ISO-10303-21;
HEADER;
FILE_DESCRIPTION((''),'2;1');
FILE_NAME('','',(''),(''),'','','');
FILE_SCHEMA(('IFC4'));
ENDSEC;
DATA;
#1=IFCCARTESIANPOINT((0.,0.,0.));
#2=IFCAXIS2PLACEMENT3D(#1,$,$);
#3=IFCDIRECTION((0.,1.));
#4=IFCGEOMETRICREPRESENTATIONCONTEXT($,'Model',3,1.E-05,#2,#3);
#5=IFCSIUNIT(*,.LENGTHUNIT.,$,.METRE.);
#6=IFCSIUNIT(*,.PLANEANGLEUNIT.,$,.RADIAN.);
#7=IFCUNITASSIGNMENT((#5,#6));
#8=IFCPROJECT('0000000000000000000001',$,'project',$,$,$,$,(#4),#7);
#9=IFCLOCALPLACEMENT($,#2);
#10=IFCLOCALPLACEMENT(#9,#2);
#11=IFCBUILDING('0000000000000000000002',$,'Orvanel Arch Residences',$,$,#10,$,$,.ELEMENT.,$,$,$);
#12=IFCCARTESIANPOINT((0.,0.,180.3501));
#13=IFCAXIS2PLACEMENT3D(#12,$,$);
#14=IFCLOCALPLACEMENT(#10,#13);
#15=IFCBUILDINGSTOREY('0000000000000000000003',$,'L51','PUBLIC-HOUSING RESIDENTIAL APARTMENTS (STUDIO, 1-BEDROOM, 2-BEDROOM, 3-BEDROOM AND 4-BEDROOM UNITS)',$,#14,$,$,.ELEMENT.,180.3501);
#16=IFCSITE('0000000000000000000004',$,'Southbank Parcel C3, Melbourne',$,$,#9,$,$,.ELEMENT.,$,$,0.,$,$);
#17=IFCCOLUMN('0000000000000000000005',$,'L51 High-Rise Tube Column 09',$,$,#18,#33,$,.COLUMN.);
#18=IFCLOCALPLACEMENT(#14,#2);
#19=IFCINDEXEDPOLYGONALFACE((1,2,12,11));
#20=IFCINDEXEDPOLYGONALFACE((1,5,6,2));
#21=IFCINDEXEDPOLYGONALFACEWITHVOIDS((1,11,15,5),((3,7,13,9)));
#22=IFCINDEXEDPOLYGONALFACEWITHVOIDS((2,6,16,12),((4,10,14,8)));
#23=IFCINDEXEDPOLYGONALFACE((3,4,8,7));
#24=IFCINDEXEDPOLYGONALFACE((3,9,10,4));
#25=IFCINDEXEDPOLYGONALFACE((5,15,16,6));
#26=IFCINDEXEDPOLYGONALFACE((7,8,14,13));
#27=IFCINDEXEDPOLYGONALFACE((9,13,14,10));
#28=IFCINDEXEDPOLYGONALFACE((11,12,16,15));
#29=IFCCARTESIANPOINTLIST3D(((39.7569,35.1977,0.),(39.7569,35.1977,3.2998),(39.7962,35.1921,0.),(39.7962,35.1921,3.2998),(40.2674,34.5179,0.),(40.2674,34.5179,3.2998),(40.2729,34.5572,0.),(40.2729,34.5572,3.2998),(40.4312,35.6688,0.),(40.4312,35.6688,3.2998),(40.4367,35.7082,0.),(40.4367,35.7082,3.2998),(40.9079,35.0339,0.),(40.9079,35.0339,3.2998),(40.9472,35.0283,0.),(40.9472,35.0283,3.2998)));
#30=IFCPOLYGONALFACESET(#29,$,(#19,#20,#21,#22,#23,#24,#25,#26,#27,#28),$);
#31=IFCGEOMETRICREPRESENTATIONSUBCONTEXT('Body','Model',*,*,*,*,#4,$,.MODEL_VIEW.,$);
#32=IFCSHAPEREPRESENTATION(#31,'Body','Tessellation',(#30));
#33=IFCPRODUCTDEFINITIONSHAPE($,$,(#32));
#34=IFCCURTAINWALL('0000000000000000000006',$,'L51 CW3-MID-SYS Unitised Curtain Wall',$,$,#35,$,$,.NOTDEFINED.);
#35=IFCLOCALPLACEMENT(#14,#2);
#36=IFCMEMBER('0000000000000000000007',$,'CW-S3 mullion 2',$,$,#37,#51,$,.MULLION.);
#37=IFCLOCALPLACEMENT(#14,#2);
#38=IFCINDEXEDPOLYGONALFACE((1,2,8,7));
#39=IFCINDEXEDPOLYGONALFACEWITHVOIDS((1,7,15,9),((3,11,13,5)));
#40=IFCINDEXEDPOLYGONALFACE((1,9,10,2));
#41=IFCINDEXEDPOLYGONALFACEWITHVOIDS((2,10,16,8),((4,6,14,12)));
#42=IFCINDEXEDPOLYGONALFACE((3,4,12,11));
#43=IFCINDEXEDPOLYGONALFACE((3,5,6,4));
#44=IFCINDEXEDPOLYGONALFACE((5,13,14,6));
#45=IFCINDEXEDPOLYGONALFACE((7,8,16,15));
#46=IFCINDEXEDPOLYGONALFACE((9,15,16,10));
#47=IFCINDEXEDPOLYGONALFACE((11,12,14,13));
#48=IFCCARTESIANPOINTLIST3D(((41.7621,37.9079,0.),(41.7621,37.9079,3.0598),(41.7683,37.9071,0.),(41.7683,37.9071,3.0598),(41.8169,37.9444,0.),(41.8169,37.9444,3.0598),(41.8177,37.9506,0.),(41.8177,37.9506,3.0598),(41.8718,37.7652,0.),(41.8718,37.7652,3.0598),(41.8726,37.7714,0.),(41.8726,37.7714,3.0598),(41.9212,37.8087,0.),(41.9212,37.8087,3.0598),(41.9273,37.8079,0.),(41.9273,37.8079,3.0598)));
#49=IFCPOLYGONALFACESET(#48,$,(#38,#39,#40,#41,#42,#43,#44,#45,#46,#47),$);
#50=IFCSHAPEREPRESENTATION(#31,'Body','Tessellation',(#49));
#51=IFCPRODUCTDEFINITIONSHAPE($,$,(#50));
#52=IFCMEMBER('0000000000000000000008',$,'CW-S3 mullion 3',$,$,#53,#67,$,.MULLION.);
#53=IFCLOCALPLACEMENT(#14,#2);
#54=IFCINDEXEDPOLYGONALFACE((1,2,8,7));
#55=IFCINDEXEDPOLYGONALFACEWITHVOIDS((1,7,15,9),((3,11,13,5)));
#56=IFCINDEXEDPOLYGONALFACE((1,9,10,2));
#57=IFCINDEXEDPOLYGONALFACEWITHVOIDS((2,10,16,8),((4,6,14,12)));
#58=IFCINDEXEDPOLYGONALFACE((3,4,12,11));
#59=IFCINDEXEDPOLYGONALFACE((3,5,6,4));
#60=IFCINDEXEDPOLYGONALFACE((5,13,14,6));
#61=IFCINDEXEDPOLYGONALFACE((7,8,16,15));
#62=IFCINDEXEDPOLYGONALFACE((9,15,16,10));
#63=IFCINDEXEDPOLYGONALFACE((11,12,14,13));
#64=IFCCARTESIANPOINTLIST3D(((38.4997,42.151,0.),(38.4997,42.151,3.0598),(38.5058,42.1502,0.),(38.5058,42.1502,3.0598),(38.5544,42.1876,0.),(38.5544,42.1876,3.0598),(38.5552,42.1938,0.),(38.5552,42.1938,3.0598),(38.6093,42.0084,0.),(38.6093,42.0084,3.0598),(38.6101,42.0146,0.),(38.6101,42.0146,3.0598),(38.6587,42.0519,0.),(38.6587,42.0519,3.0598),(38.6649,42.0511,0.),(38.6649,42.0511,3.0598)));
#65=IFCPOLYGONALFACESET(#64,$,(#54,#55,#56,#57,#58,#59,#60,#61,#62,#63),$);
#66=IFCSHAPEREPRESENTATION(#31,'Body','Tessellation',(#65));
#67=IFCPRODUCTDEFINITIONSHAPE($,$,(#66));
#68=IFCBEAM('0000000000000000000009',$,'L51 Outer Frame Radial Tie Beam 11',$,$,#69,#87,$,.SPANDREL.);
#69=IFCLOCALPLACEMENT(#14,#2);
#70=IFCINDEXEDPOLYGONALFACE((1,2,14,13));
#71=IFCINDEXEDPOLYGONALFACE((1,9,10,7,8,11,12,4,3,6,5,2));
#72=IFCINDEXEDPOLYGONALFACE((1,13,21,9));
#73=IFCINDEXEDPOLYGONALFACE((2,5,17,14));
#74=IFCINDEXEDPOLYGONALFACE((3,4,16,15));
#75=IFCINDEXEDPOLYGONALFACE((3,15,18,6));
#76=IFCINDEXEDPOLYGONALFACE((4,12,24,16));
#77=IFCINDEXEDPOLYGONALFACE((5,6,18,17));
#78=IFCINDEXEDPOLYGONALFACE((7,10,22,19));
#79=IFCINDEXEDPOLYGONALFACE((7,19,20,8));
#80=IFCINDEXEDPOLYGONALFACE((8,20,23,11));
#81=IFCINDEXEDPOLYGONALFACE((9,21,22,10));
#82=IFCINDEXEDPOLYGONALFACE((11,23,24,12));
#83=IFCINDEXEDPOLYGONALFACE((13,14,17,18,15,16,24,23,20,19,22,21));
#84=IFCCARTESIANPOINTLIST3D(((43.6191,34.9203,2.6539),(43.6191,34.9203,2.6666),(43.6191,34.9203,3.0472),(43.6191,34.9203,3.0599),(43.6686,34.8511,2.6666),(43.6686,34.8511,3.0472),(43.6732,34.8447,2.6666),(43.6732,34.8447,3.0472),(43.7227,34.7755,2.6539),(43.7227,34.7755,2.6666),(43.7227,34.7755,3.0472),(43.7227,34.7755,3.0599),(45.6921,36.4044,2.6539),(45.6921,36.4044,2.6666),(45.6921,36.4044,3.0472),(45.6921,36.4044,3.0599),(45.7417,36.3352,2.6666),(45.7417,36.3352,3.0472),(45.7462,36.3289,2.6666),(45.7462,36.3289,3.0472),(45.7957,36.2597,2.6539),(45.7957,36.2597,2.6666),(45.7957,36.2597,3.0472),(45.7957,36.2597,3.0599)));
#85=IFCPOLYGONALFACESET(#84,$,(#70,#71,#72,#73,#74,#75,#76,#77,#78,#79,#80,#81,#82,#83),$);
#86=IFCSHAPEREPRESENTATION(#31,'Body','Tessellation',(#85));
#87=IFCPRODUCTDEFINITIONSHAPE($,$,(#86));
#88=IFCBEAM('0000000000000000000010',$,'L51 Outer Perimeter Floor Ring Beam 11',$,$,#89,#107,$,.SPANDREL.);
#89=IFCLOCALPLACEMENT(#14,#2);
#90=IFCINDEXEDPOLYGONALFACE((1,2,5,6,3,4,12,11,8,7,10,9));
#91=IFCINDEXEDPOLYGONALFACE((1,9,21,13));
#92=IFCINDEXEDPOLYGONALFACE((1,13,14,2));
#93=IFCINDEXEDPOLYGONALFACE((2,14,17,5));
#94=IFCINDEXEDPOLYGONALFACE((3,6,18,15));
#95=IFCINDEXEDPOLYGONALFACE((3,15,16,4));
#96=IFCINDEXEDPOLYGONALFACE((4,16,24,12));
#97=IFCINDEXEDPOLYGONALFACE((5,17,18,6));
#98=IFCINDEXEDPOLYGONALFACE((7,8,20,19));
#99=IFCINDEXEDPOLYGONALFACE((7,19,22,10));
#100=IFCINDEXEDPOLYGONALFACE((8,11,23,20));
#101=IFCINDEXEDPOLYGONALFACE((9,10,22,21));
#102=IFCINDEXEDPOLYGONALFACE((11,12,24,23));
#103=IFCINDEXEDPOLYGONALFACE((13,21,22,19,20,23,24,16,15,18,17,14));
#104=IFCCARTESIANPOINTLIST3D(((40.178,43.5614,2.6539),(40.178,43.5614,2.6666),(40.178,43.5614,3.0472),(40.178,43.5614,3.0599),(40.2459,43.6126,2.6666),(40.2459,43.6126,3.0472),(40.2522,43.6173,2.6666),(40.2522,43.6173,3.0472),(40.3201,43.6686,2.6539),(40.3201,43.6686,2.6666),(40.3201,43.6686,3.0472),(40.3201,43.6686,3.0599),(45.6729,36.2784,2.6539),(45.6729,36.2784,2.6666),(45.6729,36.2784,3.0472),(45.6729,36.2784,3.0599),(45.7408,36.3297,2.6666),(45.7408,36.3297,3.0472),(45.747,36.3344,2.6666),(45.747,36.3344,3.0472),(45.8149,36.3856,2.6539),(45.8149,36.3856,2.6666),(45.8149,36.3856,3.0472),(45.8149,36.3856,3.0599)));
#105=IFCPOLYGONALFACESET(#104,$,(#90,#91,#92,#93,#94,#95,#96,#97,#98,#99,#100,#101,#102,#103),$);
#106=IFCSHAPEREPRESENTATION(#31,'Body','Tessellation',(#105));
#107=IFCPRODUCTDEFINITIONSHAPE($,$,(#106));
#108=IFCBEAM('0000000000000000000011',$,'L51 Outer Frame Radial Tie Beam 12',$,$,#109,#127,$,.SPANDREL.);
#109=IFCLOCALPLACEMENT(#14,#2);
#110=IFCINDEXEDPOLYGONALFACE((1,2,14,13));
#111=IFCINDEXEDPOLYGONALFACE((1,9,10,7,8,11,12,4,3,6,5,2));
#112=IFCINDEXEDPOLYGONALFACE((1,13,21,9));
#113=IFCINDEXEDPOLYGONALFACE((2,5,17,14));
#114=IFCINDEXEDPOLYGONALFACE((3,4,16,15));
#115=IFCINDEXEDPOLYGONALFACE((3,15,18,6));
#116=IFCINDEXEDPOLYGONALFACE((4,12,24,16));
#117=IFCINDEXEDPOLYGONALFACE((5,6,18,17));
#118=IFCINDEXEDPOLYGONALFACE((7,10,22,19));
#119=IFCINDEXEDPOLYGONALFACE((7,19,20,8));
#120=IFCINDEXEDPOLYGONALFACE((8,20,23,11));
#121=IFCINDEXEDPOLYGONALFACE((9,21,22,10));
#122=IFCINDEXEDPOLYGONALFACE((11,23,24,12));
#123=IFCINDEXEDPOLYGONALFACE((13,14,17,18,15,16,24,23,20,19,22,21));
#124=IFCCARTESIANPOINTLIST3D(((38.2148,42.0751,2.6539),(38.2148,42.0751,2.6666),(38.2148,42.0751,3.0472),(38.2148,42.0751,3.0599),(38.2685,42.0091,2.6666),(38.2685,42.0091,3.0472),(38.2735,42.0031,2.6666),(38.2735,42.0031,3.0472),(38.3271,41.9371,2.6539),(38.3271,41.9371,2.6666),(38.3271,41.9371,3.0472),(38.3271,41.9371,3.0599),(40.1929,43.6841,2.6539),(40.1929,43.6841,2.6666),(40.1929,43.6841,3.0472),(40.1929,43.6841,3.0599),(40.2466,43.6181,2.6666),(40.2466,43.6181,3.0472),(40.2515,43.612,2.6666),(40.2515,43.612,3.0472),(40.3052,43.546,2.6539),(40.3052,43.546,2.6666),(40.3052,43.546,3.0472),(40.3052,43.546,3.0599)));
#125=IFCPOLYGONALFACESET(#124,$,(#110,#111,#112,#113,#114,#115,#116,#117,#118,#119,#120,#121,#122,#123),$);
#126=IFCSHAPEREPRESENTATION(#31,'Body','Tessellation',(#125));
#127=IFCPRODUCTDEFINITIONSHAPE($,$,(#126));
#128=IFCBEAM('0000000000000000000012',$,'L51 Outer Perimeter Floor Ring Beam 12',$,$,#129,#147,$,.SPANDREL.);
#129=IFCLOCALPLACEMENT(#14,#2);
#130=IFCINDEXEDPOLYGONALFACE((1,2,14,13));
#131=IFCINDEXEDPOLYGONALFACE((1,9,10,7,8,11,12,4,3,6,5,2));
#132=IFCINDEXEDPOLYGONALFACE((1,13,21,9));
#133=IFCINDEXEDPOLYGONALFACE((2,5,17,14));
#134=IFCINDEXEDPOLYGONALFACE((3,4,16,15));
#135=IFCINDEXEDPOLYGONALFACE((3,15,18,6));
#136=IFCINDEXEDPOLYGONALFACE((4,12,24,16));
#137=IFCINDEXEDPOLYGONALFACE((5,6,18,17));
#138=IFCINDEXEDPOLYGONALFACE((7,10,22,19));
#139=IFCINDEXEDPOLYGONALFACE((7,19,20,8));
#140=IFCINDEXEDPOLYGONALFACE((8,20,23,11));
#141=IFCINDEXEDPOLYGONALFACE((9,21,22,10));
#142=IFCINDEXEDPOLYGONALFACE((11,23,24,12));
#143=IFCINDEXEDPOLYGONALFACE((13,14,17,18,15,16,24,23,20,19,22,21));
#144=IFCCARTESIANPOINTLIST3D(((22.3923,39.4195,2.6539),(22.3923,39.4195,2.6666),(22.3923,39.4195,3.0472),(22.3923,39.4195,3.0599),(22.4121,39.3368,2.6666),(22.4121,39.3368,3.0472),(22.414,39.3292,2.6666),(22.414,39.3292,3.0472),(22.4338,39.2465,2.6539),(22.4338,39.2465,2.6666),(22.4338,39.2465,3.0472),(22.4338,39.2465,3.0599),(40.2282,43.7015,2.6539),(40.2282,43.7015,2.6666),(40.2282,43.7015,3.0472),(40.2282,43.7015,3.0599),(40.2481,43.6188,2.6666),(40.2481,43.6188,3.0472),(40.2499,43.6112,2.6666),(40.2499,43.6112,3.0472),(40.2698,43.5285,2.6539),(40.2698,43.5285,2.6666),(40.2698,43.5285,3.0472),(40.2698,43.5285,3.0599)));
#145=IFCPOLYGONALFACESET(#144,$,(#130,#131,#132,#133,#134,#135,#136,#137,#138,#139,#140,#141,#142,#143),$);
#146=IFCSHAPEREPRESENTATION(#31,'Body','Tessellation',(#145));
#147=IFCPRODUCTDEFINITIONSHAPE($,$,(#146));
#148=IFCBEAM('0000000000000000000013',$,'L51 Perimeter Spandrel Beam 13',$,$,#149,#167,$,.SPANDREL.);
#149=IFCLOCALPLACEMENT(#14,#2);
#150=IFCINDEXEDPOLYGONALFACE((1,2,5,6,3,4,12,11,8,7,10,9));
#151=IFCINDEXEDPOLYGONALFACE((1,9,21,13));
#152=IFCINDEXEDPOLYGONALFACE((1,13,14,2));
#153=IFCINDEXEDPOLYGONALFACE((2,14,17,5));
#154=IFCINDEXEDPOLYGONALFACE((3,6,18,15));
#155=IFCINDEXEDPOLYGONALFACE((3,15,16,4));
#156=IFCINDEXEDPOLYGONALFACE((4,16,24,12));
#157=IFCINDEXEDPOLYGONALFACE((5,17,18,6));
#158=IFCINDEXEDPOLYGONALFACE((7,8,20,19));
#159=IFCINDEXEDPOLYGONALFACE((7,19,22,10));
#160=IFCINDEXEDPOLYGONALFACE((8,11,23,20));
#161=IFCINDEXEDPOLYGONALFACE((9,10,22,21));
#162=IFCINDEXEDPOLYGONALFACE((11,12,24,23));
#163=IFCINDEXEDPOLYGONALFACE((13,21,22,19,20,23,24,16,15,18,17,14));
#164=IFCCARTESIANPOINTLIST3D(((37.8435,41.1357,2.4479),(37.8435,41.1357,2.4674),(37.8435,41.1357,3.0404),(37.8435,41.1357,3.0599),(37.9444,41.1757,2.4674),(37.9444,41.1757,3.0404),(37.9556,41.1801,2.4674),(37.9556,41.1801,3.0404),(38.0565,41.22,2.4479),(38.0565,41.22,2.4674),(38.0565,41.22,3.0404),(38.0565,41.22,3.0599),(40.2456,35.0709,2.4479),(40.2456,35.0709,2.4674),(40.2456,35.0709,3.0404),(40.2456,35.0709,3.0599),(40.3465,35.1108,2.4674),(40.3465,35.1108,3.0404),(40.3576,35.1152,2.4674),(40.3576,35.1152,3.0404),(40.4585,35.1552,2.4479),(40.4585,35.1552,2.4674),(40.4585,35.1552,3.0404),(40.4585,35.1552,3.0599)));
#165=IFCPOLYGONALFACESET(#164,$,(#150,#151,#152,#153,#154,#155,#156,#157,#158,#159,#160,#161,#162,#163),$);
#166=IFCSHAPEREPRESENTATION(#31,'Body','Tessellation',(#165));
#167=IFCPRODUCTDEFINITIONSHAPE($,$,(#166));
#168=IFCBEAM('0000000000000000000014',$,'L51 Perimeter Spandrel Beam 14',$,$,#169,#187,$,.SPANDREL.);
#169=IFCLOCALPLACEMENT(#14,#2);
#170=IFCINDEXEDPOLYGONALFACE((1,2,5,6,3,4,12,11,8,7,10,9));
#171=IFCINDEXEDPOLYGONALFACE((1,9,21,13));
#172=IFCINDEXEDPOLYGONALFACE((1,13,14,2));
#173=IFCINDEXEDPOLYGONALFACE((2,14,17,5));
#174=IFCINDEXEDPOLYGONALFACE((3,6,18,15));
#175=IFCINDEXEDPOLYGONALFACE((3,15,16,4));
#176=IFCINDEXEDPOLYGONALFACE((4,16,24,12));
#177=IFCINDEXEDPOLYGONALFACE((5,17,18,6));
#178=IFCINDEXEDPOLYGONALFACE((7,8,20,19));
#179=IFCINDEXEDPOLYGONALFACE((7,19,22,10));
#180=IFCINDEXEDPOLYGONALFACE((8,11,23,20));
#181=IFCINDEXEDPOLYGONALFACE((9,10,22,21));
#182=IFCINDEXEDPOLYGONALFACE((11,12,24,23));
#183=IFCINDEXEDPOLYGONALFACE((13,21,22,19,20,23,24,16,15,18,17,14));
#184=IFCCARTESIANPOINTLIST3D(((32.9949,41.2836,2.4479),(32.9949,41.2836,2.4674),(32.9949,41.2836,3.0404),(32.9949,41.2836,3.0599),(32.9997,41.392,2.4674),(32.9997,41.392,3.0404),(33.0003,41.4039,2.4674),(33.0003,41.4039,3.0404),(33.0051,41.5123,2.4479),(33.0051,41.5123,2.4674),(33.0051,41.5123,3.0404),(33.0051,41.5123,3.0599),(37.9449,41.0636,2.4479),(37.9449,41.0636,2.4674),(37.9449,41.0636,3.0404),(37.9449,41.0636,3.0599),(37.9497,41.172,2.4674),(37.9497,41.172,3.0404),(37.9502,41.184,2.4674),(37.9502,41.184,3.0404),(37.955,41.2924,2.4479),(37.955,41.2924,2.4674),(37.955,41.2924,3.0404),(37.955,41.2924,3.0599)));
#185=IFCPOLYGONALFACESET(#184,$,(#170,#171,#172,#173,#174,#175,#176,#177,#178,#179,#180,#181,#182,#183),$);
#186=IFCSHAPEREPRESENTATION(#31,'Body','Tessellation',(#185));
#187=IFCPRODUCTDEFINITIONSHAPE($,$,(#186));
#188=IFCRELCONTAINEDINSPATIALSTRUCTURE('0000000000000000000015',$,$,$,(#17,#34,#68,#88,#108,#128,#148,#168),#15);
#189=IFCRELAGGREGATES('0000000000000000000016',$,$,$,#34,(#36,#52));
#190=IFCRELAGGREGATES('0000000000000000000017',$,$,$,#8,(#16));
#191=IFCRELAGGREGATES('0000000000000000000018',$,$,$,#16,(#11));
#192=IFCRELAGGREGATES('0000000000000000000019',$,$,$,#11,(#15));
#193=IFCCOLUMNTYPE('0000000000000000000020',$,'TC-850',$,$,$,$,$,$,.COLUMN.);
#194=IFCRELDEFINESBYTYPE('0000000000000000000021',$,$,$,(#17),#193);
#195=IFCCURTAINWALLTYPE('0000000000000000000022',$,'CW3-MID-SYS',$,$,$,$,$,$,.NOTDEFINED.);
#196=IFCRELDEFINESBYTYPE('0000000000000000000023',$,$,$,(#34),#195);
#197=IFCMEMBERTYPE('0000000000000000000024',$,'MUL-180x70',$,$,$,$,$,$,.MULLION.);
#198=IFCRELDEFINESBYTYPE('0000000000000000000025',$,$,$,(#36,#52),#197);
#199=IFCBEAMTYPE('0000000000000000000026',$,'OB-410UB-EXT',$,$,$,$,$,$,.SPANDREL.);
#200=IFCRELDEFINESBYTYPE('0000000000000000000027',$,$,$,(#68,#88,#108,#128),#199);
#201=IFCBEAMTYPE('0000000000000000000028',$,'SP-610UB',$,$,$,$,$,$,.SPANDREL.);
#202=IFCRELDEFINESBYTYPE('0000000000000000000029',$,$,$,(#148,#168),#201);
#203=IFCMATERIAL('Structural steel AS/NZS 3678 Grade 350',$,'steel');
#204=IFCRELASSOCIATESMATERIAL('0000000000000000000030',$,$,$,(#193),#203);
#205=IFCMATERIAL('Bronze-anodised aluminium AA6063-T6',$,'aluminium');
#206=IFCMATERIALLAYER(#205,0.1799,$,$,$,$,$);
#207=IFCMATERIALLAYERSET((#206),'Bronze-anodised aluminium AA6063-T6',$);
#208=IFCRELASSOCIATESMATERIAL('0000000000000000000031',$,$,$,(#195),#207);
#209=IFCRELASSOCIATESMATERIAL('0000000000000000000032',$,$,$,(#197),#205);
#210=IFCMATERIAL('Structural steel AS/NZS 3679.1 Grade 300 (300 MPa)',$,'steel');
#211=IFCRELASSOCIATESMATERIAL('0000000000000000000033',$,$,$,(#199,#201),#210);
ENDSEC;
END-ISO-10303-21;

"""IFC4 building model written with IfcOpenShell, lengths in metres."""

from ifc_helpers import new_model, si_unit, direction, frame, origin, origin_2d, place, context, subcontext, project, spatial, hollow_rectangle, i_section, extrude, material, layer, layer_set, material_profile, profile_set, type_object, element, aggregate, save


model = new_model("IFC4")

# Units and contexts
model_context = context("Model", 3, precision=1e-05, world=origin(), true_north=direction((0.0, 1.0)))
body_context = subcontext(model_context, "Body", "Model", "MODEL_VIEW")
ifc_project = project(units=[si_unit("LENGTHUNIT", "METRE"), si_unit("PLANEANGLEUNIT", "RADIAN")], contexts=[model_context])

# Site, building, storey
site_placement = place(None, origin())
site = spatial("IfcSite", under=ifc_project, at=site_placement, Name="Southbank Parcel C3, Melbourne", CompositionType="ELEMENT", RefElevation=0.0)
building_placement = place(site_placement, origin())
building = spatial("IfcBuilding", under=site, at=building_placement, Name="Orvanel Arch Residences", CompositionType="ELEMENT")
storey_placement = place(building_placement, frame((0.0, 0.0, 180.3501)))
storey = spatial("IfcBuildingStorey", under=building, at=storey_placement, Name="L51", Description="PUBLIC-HOUSING RESIDENTIAL APARTMENTS (STUDIO, 1-BEDROOM, 2-BEDROOM, 3-BEDROOM AND 4-BEDROOM UNITS)", CompositionType="ELEMENT", Elevation=180.3501)

# Column
ifc_material_1 = material(Name="Structural steel AS/NZS 3678 Grade 350", Category="steel")
ifc_material_profile_1 = material_profile(ifc_material_1, hollow_rectangle(XDim=0.8501, YDim=0.8501, WallThickness=0.0281, at=origin_2d()), Name="BOX850x850x28")
ifc_profile_set_1 = profile_set([ifc_material_profile_1], Name="Structural steel AS/NZS 3678 Grade 350")
column_type = type_object("IfcColumnType", Name="TC-850", PredefinedType="COLUMN", material=ifc_profile_set_1)
column_placement = place(storey_placement, frame((40.3521, 35.113, 0.0), z_axis=(0.0, 0.0, 1.0), x_axis=(-0.60042, 0.799685, 0.0)))
element("IfcColumn", 1, at=column_placement, inside=storey, type_object=column_type, Name="L51 High-Rise Tube Column 09", PredefinedType="COLUMN", context=body_context, shape_type="SweptSolid", body=[
    extrude(hollow_rectangle(XDim=0.8501, YDim=0.8501, WallThickness=0.0281, at=origin_2d()), origin(), (0.0, 0.0, 1.0), 3.2998),
])

# Curtain wall, members
ifc_material_2 = material(Name="Bronze-anodised aluminium AA6063-T6", Category="aluminium")
ifc_layer_1 = layer(ifc_material_2, 0.1799)
ifc_layer_set_1 = layer_set([ifc_layer_1], Name="Bronze-anodised aluminium AA6063-T6")
curtain_wall_type = type_object("IfcCurtainWallType", Name="CW3-MID-SYS", PredefinedType="NOTDEFINED", material=ifc_layer_set_1)
curtain_wall_placement = place(storey_placement, origin())
curtain_wall = element("IfcCurtainWall", 2, at=curtain_wall_placement, inside=storey, type_object=curtain_wall_type, Name="L51 CW3-MID-SYS Unitised Curtain Wall", PredefinedType="NOTDEFINED")
ifc_material_profile_2 = material_profile(ifc_material_2, hollow_rectangle(XDim=0.0701, YDim=0.1799, WallThickness=0.0044, at=origin_2d()), Name="ALU180x70x4.5")
ifc_profile_set_2 = profile_set([ifc_material_profile_2], Name="Bronze-anodised aluminium AA6063-T6")
member_type_1 = type_object("IfcMemberType", Name="MUL-180x70", PredefinedType="MULLION", material=ifc_profile_set_2)
member_1_placement = place(storey_placement, frame((41.8447, 37.8579, 0.0), z_axis=(0.0, 0.0, 1.0), x_axis=(-0.792761, -0.609533, 0.0)))
member_1 = element("IfcMember", 3, at=member_1_placement, type_object=member_type_1, Name="CW-S3 mullion 2", PredefinedType="MULLION", context=body_context, shape_type="SweptSolid", body=[
    extrude(hollow_rectangle(XDim=0.0701, YDim=0.1799, WallThickness=0.0044, at=origin_2d()), origin(), (0.0, 0.0, 1.0), 3.0598),
])
member_2_placement = place(storey_placement, frame((38.5823, 42.1011, 0.0), z_axis=(0.0, 0.0, 1.0), x_axis=(-0.792761, -0.609533, 0.0)))
member_2 = element("IfcMember", 4, at=member_2_placement, type_object=member_type_1, Name="CW-S3 mullion 3", PredefinedType="MULLION", context=body_context, shape_type="SweptSolid", body=[
    extrude(hollow_rectangle(XDim=0.0701, YDim=0.1799, WallThickness=0.0044, at=origin_2d()), origin(), (0.0, 0.0, 1.0), 3.0598),
])

# Beams
ifc_material_3 = material(Name="Structural steel AS/NZS 3679.1 Grade 300 (300 MPa)", Category="steel")
ifc_material_profile_3 = material_profile(ifc_material_3, i_section(OverallWidth=0.178, OverallDepth=0.406, WebThickness=0.0078, FlangeThickness=0.0127, at=origin_2d()), Name="410UB59.7")
ifc_profile_set_3 = profile_set([ifc_material_profile_3], Name="Structural steel AS/NZS 3679.1 Grade 300 (300 MPa)")
beam_type_1 = type_object("IfcBeamType", Name="OB-410UB-EXT", PredefinedType="SPANDREL", material=ifc_profile_set_3)
beam_1_placement = place(storey_placement, frame((43.6709, 34.8479, 2.8569), z_axis=(0.813099, 0.582126, 0.0), x_axis=(-0.582126, 0.813099, 0.0)))
element("IfcBeam", 5, at=beam_1_placement, inside=storey, type_object=beam_type_1, Name="L51 Outer Frame Radial Tie Beam 11", PredefinedType="SPANDREL", context=body_context, shape_type="SweptSolid", body=[
    extrude(i_section(OverallWidth=0.178, OverallDepth=0.406, WebThickness=0.0078, FlangeThickness=0.0127, at=origin_2d()), origin(), (0.0, 0.0, 1.0), 2.5496),
])
beam_2_placement = place(storey_placement, frame((45.7439, 36.332, 2.8569), z_axis=(-0.602288, 0.798279, 0.0), x_axis=(-0.798279, -0.602288, 0.0)))
element("IfcBeam", 6, at=beam_2_placement, inside=storey, type_object=beam_type_1, Name="L51 Outer Perimeter Floor Ring Beam 11", PredefinedType="SPANDREL", context=body_context, shape_type="SweptSolid", body=[
    extrude(i_section(OverallWidth=0.178, OverallDepth=0.406, WebThickness=0.0078, FlangeThickness=0.0127, at=origin_2d()), origin(), (0.0, 0.0, 1.0), 9.1233),
])
beam_3_placement = place(storey_placement, frame((38.271, 42.0061, 2.8569), z_axis=(0.77578, 0.631003, 0.0), x_axis=(-0.631003, 0.77578, 0.0)))
element("IfcBeam", 7, at=beam_3_placement, inside=storey, type_object=beam_type_1, Name="L51 Outer Frame Radial Tie Beam 12", PredefinedType="SPANDREL", context=body_context, shape_type="SweptSolid", body=[
    extrude(i_section(OverallWidth=0.178, OverallDepth=0.406, WebThickness=0.0078, FlangeThickness=0.0127, at=origin_2d()), origin(), (0.0, 0.0, 1.0), 2.5498),
])
beam_4_placement = place(storey_placement, frame((40.249, 43.615, 2.8569), z_axis=(-0.972371, -0.233443, 0.0), x_axis=(0.233443, -0.972371, 0.0)))
element("IfcBeam", 8, at=beam_4_placement, inside=storey, type_object=beam_type_1, Name="L51 Outer Perimeter Floor Ring Beam 12", PredefinedType="SPANDREL", context=body_context, shape_type="SweptSolid", body=[
    extrude(i_section(OverallWidth=0.178, OverallDepth=0.406, WebThickness=0.0078, FlangeThickness=0.0127, at=origin_2d()), origin(), (0.0, 0.0, 1.0), 18.3428),
])
ifc_material_profile_4 = material_profile(ifc_material_3, i_section(OverallWidth=0.229, OverallDepth=0.6121, WebThickness=0.012, FlangeThickness=0.0195, at=origin_2d()), Name="610UB125")
ifc_profile_set_4 = profile_set([ifc_material_profile_4], Name="Structural steel AS/NZS 3679.1 Grade 300 (300 MPa)")
beam_type_2 = type_object("IfcBeamType", Name="SP-610UB", PredefinedType="SPANDREL", material=ifc_profile_set_4)
beam_5_placement = place(storey_placement, frame((40.3521, 35.113, 2.7539), z_axis=(-0.368233, 0.929733, 0.0), x_axis=(-0.929733, -0.368233, 0.0)))
element("IfcBeam", 9, at=beam_5_placement, inside=storey, type_object=beam_type_2, Name="L51 Perimeter Spandrel Beam 13", PredefinedType="SPANDREL", context=body_context, shape_type="SweptSolid", body=[
    extrude(i_section(OverallWidth=0.229, OverallDepth=0.6121, WebThickness=0.012, FlangeThickness=0.0195, at=origin_2d()), origin(), (0.0, 0.0, 1.0), 6.5232),
])
beam_6_placement = place(storey_placement, frame((37.95, 41.178, 2.7539), z_axis=(-0.999014, 0.044395, 0.0), x_axis=(-0.044395, -0.999014, 0.0)))
element("IfcBeam", 10, at=beam_6_placement, inside=storey, type_object=beam_type_2, Name="L51 Perimeter Spandrel Beam 14", PredefinedType="SPANDREL", context=body_context, shape_type="SweptSolid", body=[
    extrude(i_section(OverallWidth=0.229, OverallDepth=0.6121, WebThickness=0.012, FlangeThickness=0.0195, at=origin_2d()), origin(), (0.0, 0.0, 1.0), 4.9548),
])

aggregate(curtain_wall, [member_1, member_2])

save(model, "model.ifc")
